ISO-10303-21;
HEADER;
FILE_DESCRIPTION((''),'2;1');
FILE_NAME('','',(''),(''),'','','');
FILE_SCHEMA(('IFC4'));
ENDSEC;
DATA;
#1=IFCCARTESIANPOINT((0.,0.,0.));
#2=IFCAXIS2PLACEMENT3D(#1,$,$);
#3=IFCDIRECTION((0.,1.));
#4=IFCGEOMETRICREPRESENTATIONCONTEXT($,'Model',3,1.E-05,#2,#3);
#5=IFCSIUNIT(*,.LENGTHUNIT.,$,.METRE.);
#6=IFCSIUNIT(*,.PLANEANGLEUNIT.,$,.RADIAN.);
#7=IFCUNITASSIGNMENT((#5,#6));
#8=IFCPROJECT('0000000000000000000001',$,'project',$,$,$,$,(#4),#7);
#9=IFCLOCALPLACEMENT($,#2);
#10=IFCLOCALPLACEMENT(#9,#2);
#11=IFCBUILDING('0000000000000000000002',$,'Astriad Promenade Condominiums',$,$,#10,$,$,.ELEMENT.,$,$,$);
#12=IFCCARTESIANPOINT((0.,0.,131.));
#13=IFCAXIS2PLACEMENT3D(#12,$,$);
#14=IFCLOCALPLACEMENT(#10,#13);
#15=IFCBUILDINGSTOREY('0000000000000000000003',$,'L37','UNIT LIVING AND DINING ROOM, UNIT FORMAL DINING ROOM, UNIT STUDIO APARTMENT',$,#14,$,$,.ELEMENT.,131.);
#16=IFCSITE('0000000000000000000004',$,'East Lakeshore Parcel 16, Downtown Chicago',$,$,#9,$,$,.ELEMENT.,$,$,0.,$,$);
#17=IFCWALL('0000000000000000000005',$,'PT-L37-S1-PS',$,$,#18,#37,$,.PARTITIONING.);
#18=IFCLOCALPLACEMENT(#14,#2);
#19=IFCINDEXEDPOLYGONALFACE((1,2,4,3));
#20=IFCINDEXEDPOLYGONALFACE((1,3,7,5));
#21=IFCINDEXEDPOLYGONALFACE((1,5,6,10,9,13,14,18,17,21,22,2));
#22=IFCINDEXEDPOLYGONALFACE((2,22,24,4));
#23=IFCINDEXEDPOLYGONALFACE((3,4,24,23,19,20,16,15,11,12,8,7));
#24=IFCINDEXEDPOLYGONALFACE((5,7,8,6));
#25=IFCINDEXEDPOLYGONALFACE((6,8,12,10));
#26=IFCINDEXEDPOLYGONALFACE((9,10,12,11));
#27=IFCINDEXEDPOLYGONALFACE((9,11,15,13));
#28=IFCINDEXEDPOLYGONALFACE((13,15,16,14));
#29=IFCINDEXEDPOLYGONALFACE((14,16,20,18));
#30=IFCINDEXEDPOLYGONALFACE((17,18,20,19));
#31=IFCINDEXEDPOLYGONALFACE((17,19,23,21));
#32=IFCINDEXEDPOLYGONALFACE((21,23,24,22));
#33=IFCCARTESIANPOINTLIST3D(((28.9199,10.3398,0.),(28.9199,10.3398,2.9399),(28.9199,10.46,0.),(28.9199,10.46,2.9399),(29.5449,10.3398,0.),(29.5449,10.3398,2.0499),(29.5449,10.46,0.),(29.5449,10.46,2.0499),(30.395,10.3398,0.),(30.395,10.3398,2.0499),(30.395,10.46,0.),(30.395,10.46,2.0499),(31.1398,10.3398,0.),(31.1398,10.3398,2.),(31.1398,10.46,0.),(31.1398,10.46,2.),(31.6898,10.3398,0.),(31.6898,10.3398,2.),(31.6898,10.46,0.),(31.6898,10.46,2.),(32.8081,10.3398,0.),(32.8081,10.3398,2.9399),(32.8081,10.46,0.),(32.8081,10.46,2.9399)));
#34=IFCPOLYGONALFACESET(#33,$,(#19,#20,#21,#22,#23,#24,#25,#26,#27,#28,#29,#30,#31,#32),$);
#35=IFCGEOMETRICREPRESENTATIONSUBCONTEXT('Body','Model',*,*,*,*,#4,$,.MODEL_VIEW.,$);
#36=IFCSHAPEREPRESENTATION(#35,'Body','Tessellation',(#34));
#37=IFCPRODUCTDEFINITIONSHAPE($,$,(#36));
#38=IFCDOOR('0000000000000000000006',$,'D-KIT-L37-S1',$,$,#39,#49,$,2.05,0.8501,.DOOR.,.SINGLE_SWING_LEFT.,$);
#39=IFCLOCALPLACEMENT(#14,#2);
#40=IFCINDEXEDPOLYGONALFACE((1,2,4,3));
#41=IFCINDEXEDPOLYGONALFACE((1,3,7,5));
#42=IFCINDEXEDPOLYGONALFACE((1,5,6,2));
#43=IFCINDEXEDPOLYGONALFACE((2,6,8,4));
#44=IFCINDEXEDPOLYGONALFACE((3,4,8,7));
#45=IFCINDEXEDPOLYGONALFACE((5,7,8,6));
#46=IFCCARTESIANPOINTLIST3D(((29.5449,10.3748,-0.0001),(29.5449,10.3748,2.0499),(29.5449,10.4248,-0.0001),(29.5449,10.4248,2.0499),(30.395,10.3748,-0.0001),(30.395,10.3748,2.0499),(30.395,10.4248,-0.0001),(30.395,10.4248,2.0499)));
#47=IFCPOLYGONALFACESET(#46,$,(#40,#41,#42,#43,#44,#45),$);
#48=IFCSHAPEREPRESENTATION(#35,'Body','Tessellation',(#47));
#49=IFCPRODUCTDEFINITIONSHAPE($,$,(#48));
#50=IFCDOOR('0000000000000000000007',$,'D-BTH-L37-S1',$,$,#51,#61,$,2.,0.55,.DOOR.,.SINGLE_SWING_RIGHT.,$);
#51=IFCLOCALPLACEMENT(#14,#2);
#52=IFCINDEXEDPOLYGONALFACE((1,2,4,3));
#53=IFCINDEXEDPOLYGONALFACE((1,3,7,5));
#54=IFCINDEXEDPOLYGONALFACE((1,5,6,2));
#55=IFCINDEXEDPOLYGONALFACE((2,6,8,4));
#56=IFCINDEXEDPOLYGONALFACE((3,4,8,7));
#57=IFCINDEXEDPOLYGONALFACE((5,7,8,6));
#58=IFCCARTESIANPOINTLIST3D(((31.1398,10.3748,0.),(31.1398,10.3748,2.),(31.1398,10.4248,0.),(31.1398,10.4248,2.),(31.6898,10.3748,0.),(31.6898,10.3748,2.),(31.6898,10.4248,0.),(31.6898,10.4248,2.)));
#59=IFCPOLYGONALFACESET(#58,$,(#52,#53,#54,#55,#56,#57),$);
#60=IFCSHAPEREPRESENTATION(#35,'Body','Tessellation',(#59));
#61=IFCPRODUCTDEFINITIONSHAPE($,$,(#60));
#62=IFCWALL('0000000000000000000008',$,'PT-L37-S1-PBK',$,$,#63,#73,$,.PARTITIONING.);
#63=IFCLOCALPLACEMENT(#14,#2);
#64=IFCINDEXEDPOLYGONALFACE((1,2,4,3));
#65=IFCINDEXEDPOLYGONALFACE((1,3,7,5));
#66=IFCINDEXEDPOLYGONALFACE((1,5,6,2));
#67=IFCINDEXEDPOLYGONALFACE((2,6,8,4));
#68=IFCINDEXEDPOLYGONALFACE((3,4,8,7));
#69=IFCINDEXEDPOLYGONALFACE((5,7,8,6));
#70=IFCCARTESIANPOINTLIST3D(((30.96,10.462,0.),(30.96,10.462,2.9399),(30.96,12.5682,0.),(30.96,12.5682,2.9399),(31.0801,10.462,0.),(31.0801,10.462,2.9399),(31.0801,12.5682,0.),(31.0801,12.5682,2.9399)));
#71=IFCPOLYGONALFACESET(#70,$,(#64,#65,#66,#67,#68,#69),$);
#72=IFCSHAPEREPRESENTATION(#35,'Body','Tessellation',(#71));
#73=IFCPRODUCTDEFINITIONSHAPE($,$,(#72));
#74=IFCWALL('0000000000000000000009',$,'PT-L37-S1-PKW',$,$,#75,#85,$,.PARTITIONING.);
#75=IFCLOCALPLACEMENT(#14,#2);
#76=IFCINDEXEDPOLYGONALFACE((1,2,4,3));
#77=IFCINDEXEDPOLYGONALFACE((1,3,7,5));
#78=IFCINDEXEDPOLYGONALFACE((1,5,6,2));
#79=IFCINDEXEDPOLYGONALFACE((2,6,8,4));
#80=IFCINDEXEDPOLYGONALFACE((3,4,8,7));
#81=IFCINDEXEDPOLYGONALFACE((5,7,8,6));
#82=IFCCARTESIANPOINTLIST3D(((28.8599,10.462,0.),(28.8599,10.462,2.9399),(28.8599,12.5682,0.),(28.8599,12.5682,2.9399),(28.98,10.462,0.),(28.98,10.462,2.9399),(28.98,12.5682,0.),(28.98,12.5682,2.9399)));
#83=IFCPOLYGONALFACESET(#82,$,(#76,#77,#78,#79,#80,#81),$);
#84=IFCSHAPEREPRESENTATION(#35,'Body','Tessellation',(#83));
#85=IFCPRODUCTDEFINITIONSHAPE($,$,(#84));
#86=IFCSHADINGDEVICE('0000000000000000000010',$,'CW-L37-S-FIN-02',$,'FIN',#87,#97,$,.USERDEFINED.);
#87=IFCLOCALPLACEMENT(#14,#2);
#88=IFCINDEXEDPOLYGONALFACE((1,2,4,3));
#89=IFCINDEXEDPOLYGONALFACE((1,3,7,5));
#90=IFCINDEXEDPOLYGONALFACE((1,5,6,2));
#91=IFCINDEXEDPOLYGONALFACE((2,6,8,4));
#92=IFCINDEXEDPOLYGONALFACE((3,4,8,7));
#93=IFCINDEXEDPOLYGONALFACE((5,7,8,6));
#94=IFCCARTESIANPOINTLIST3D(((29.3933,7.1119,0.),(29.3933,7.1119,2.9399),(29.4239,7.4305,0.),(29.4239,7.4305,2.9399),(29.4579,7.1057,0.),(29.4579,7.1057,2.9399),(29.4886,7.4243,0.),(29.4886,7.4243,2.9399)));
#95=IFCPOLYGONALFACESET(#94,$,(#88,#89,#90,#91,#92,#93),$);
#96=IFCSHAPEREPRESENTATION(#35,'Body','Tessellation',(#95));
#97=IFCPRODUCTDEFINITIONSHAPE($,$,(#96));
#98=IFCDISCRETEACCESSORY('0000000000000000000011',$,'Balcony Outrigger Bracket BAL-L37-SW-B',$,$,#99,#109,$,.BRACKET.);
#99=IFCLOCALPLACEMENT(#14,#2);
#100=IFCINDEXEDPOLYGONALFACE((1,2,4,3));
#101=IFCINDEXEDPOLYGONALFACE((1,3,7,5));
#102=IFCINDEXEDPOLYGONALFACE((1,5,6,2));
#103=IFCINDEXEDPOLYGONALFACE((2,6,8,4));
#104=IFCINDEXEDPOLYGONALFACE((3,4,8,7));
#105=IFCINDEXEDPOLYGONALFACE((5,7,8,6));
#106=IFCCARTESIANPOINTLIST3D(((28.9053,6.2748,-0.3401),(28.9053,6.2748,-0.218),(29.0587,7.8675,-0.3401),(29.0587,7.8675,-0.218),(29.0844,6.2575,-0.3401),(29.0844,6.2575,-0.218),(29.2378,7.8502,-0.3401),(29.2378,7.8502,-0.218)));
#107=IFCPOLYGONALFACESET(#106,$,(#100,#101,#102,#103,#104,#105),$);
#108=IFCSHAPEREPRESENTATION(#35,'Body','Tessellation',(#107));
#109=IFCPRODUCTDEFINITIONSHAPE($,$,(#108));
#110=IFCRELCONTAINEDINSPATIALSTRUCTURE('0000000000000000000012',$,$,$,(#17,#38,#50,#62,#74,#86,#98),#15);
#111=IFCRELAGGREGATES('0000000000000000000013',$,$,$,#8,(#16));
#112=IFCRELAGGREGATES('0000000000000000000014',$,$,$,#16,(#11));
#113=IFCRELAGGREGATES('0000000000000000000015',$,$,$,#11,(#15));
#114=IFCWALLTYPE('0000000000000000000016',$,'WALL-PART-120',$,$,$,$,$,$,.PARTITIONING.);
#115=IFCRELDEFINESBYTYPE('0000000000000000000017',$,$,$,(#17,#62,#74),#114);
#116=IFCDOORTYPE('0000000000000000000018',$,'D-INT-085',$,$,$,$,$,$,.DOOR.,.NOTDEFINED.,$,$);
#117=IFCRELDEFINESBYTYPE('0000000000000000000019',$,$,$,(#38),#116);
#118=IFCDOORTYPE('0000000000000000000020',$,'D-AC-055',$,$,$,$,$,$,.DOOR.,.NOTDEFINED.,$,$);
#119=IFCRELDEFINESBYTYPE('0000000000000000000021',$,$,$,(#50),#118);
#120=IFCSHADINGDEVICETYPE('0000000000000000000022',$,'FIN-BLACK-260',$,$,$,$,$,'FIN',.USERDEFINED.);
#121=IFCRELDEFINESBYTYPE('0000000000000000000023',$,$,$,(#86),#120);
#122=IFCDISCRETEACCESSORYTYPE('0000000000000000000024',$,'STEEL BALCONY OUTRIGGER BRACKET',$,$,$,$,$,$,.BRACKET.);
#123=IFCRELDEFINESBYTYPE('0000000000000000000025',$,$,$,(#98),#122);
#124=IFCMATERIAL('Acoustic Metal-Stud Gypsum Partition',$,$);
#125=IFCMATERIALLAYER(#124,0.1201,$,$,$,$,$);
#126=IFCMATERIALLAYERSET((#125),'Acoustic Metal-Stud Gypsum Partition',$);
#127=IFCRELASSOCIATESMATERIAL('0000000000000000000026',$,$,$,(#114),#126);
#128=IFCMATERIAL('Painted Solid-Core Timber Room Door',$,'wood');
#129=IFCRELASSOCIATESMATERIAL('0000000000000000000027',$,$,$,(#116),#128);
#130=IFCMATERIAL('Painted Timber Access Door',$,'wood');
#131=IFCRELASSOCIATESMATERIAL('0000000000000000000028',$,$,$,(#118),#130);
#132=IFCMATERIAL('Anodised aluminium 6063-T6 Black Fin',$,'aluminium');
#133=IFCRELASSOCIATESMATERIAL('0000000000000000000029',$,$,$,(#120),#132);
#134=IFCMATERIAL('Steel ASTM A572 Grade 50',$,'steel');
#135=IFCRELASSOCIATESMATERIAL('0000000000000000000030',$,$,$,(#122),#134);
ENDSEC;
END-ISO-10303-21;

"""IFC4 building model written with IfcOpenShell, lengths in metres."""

from ifc_helpers import new_model, si_unit, direction, frame, frame_2d, origin, origin_2d, place, context, subcontext, project, spatial, rectangle, extrude, source, transform, mapped, material, layer, layer_set, type_object, type_shapes, element, fill, save


model = new_model("IFC4")

# Units and contexts
model_context = context("Model", 3, precision=1e-05, world=origin(), true_north=direction((0.0, 1.0)))
body_context = subcontext(model_context, "Body", "Model", "MODEL_VIEW")
ifc_project = project(units=[si_unit("LENGTHUNIT", "METRE"), si_unit("PLANEANGLEUNIT", "RADIAN")], contexts=[model_context])

# Site, building, storey
site_placement = place(None, origin())
site = spatial("IfcSite", under=ifc_project, at=site_placement, Name="East Lakeshore Parcel 16, Downtown Chicago", CompositionType="ELEMENT", RefElevation=0.0)
building_placement = place(site_placement, origin())
building = spatial("IfcBuilding", under=site, at=building_placement, Name="Astriad Promenade Condominiums", CompositionType="ELEMENT")
storey_placement = place(building_placement, frame((0.0, 0.0, 131.0)))
storey = spatial("IfcBuildingStorey", under=building, at=storey_placement, Name="L37", Description="UNIT LIVING AND DINING ROOM, UNIT FORMAL DINING ROOM, UNIT STUDIO APARTMENT", CompositionType="ELEMENT", Elevation=131.0)

# Wall, openings, doors
ifc_material_1 = material(Name="Acoustic Metal-Stud Gypsum Partition")
ifc_layer_1 = layer(ifc_material_1, 0.1201)
ifc_layer_set_1 = layer_set([ifc_layer_1], Name="Acoustic Metal-Stud Gypsum Partition")
wall_type_1 = type_object("IfcWallType", Name="WALL-PART-120", PredefinedType="PARTITIONING", material=ifc_layer_set_1)
wall_1_placement = place(storey_placement, frame((28.9199, 10.3999, 0.0), z_axis=(0.0, 0.0, 1.0), x_axis=(1.0, 0.0, 0.0)))
wall_1 = element("IfcWall", 1, at=wall_1_placement, inside=storey, type_object=wall_type_1, Name="PT-L37-S1-PS", PredefinedType="PARTITIONING", context=body_context, shape_type="SweptSolid", body=[
    extrude(rectangle(XDim=3.8882, YDim=0.1201, at=frame_2d((1.9441, 0.0))), origin(), (0.0, 0.0, 1.0), 2.9399),
])
opening_1_placement = place(wall_1_placement, frame((0.625, 0.0, 0.0)))
opening_1 = element("IfcOpeningElement", 2, at=opening_1_placement, cuts=wall_1, PredefinedType="OPENING", context=body_context, shape_type="SweptSolid", body=[
    extrude(rectangle(XDim=0.8501, YDim=2.05, at=frame_2d((0.425, 1.0249))), frame((0.0, 0.0701, 0.0), z_axis=(0.0, -1.0, 0.0), x_axis=(1.0, 0.0, 0.0)), (0.0, 0.0, 1.0), 0.1401),
])
opening_2_placement = place(wall_1_placement, frame((2.22, 0.0, 0.0)))
opening_2 = element("IfcOpeningElement", 3, at=opening_2_placement, cuts=wall_1, PredefinedType="OPENING", context=body_context, shape_type="SweptSolid", body=[
    extrude(rectangle(XDim=0.55, YDim=2.0, at=frame_2d((0.2749, 1.0))), frame((0.0, 0.0701, 0.0), z_axis=(0.0, -1.0, 0.0), x_axis=(1.0, 0.0, 0.0)), (0.0, 0.0, 1.0), 0.1401),
])
ifc_material_2 = material(Name="Painted Solid-Core Timber Room Door", Category="wood")
door_type_1 = type_object("IfcDoorType", Name="D-INT-085", OperationType="NOTDEFINED", PredefinedType="DOOR", material=ifc_material_2)
shared_shape_1 = source(origin(), body_context, "Body", "SweptSolid", [
    extrude(rectangle(XDim=0.8501, YDim=2.05, at=frame_2d((0.425, 1.0249))), frame((0.0, 0.0249, 0.0), z_axis=(0.0, -1.0, 0.0), x_axis=(1.0, 0.0, 0.0)), (0.0, 0.0, 1.0), 0.05),
])
type_shapes(door_type_1, [shared_shape_1])
door_1_placement = place(opening_1_placement, origin())
door_1 = element("IfcDoor", 4, at=door_1_placement, inside=storey, type_object=door_type_1, Name="D-KIT-L37-S1", OperationType="SINGLE_SWING_LEFT", OverallHeight=2.05, OverallWidth=0.8501, PredefinedType="DOOR", context=body_context, shape_type="MappedRepresentation", body=[
    mapped(shared_shape_1, transform((0.0, 0.0, 0.0), scale=1.0)),
])
fill(opening_1, door_1)
ifc_material_3 = material(Name="Painted Timber Access Door", Category="wood")
door_type_2 = type_object("IfcDoorType", Name="D-AC-055", OperationType="NOTDEFINED", PredefinedType="DOOR", material=ifc_material_3)
shared_shape_2 = source(origin(), body_context, "Body", "SweptSolid", [
    extrude(rectangle(XDim=0.55, YDim=2.0, at=frame_2d((0.2749, 1.0))), frame((0.0, 0.0249, 0.0), z_axis=(0.0, -1.0, 0.0), x_axis=(1.0, 0.0, 0.0)), (0.0, 0.0, 1.0), 0.05),
])
type_shapes(door_type_2, [shared_shape_2])
door_2_placement = place(opening_2_placement, origin())
door_2 = element("IfcDoor", 5, at=door_2_placement, inside=storey, type_object=door_type_2, Name="D-BTH-L37-S1", OperationType="SINGLE_SWING_RIGHT", OverallHeight=2.0, OverallWidth=0.55, PredefinedType="DOOR", context=body_context, shape_type="MappedRepresentation", body=[
    mapped(shared_shape_2, transform((0.0, 0.0, 0.0), scale=1.0)),
])
fill(opening_2, door_2)

# Walls
for number, where, z_axis, x_axis, name in (
    (6, (31.02, 10.4619, 0.0), (0.0, 0.0, 1.0), (0.0, 1.0, 0.0), "PT-L37-S1-PBK"),
    (7, (28.9199, 10.4619, 0.0), (0.0, 0.0, 1.0), (0.0, 1.0, 0.0), "PT-L37-S1-PKW"),
):
    element("IfcWall", number, at=place(storey_placement, frame(where, z_axis=z_axis, x_axis=x_axis)), inside=storey, type_object=wall_type_1, Name=name, PredefinedType="PARTITIONING", context=body_context, shape_type="SweptSolid", body=[
        extrude(rectangle(XDim=2.1062, YDim=0.1201, at=frame_2d((1.0532, 0.0))), origin(), (0.0, 0.0, 1.0), 2.9399),
    ])

# Shading device
ifc_material_4 = material(Name="Anodised aluminium 6063-T6 Black Fin", Category="aluminium")
shading_device_type = type_object("IfcShadingDeviceType", Name="FIN-BLACK-260", ElementType="FIN", PredefinedType="USERDEFINED", material=ifc_material_4)
shared_shape_3 = source(origin(), body_context, "Body", "SweptSolid", [
    extrude(rectangle(XDim=0.0649, YDim=0.3201, at=origin_2d()), origin(), (0.0, 0.0, 1.0), 2.9399),
])
type_shapes(shading_device_type, [shared_shape_3])
shading_device_placement = place(storey_placement, frame((29.4409, 7.2681, 0.0), z_axis=(0.0, 0.0, 1.0), x_axis=(-0.995396, 0.095846, 0.0)))
element("IfcShadingDevice", 8, at=shading_device_placement, inside=storey, type_object=shading_device_type, Name="CW-L37-S-FIN-02", ObjectType="FIN", PredefinedType="USERDEFINED", context=body_context, shape_type="MappedRepresentation", body=[
    mapped(shared_shape_3, transform((0.0, 0.0, 0.0), scale=1.0)),
])

# Discrete accessory
ifc_material_5 = material(Name="Steel ASTM A572 Grade 50", Category="steel")
discrete_accessory_type = type_object("IfcDiscreteAccessoryType", Name="STEEL BALCONY OUTRIGGER BRACKET", PredefinedType="BRACKET", material=ifc_material_5)
shared_shape_4 = source(origin(), body_context, "Body", "SweptSolid", [
    extrude(rectangle(XDim=1.6001, YDim=0.1799, at=origin_2d()), origin(), (0.0, 0.0, 1.0), 0.1221),
])
type_shapes(discrete_accessory_type, [shared_shape_4])
discrete_accessory_placement = place(storey_placement, frame((29.0715, 7.0625, -0.3401), z_axis=(0.0, 0.0, 1.0), x_axis=(-0.095846, -0.995396, 0.0)))
element("IfcDiscreteAccessory", 9, at=discrete_accessory_placement, inside=storey, type_object=discrete_accessory_type, Name="Balcony Outrigger Bracket BAL-L37-SW-B", PredefinedType="BRACKET", context=body_context, shape_type="MappedRepresentation", body=[
    mapped(shared_shape_4, transform((0.0, 0.0, 0.0), scale=1.0)),
])

save(model, "model.ifc")
